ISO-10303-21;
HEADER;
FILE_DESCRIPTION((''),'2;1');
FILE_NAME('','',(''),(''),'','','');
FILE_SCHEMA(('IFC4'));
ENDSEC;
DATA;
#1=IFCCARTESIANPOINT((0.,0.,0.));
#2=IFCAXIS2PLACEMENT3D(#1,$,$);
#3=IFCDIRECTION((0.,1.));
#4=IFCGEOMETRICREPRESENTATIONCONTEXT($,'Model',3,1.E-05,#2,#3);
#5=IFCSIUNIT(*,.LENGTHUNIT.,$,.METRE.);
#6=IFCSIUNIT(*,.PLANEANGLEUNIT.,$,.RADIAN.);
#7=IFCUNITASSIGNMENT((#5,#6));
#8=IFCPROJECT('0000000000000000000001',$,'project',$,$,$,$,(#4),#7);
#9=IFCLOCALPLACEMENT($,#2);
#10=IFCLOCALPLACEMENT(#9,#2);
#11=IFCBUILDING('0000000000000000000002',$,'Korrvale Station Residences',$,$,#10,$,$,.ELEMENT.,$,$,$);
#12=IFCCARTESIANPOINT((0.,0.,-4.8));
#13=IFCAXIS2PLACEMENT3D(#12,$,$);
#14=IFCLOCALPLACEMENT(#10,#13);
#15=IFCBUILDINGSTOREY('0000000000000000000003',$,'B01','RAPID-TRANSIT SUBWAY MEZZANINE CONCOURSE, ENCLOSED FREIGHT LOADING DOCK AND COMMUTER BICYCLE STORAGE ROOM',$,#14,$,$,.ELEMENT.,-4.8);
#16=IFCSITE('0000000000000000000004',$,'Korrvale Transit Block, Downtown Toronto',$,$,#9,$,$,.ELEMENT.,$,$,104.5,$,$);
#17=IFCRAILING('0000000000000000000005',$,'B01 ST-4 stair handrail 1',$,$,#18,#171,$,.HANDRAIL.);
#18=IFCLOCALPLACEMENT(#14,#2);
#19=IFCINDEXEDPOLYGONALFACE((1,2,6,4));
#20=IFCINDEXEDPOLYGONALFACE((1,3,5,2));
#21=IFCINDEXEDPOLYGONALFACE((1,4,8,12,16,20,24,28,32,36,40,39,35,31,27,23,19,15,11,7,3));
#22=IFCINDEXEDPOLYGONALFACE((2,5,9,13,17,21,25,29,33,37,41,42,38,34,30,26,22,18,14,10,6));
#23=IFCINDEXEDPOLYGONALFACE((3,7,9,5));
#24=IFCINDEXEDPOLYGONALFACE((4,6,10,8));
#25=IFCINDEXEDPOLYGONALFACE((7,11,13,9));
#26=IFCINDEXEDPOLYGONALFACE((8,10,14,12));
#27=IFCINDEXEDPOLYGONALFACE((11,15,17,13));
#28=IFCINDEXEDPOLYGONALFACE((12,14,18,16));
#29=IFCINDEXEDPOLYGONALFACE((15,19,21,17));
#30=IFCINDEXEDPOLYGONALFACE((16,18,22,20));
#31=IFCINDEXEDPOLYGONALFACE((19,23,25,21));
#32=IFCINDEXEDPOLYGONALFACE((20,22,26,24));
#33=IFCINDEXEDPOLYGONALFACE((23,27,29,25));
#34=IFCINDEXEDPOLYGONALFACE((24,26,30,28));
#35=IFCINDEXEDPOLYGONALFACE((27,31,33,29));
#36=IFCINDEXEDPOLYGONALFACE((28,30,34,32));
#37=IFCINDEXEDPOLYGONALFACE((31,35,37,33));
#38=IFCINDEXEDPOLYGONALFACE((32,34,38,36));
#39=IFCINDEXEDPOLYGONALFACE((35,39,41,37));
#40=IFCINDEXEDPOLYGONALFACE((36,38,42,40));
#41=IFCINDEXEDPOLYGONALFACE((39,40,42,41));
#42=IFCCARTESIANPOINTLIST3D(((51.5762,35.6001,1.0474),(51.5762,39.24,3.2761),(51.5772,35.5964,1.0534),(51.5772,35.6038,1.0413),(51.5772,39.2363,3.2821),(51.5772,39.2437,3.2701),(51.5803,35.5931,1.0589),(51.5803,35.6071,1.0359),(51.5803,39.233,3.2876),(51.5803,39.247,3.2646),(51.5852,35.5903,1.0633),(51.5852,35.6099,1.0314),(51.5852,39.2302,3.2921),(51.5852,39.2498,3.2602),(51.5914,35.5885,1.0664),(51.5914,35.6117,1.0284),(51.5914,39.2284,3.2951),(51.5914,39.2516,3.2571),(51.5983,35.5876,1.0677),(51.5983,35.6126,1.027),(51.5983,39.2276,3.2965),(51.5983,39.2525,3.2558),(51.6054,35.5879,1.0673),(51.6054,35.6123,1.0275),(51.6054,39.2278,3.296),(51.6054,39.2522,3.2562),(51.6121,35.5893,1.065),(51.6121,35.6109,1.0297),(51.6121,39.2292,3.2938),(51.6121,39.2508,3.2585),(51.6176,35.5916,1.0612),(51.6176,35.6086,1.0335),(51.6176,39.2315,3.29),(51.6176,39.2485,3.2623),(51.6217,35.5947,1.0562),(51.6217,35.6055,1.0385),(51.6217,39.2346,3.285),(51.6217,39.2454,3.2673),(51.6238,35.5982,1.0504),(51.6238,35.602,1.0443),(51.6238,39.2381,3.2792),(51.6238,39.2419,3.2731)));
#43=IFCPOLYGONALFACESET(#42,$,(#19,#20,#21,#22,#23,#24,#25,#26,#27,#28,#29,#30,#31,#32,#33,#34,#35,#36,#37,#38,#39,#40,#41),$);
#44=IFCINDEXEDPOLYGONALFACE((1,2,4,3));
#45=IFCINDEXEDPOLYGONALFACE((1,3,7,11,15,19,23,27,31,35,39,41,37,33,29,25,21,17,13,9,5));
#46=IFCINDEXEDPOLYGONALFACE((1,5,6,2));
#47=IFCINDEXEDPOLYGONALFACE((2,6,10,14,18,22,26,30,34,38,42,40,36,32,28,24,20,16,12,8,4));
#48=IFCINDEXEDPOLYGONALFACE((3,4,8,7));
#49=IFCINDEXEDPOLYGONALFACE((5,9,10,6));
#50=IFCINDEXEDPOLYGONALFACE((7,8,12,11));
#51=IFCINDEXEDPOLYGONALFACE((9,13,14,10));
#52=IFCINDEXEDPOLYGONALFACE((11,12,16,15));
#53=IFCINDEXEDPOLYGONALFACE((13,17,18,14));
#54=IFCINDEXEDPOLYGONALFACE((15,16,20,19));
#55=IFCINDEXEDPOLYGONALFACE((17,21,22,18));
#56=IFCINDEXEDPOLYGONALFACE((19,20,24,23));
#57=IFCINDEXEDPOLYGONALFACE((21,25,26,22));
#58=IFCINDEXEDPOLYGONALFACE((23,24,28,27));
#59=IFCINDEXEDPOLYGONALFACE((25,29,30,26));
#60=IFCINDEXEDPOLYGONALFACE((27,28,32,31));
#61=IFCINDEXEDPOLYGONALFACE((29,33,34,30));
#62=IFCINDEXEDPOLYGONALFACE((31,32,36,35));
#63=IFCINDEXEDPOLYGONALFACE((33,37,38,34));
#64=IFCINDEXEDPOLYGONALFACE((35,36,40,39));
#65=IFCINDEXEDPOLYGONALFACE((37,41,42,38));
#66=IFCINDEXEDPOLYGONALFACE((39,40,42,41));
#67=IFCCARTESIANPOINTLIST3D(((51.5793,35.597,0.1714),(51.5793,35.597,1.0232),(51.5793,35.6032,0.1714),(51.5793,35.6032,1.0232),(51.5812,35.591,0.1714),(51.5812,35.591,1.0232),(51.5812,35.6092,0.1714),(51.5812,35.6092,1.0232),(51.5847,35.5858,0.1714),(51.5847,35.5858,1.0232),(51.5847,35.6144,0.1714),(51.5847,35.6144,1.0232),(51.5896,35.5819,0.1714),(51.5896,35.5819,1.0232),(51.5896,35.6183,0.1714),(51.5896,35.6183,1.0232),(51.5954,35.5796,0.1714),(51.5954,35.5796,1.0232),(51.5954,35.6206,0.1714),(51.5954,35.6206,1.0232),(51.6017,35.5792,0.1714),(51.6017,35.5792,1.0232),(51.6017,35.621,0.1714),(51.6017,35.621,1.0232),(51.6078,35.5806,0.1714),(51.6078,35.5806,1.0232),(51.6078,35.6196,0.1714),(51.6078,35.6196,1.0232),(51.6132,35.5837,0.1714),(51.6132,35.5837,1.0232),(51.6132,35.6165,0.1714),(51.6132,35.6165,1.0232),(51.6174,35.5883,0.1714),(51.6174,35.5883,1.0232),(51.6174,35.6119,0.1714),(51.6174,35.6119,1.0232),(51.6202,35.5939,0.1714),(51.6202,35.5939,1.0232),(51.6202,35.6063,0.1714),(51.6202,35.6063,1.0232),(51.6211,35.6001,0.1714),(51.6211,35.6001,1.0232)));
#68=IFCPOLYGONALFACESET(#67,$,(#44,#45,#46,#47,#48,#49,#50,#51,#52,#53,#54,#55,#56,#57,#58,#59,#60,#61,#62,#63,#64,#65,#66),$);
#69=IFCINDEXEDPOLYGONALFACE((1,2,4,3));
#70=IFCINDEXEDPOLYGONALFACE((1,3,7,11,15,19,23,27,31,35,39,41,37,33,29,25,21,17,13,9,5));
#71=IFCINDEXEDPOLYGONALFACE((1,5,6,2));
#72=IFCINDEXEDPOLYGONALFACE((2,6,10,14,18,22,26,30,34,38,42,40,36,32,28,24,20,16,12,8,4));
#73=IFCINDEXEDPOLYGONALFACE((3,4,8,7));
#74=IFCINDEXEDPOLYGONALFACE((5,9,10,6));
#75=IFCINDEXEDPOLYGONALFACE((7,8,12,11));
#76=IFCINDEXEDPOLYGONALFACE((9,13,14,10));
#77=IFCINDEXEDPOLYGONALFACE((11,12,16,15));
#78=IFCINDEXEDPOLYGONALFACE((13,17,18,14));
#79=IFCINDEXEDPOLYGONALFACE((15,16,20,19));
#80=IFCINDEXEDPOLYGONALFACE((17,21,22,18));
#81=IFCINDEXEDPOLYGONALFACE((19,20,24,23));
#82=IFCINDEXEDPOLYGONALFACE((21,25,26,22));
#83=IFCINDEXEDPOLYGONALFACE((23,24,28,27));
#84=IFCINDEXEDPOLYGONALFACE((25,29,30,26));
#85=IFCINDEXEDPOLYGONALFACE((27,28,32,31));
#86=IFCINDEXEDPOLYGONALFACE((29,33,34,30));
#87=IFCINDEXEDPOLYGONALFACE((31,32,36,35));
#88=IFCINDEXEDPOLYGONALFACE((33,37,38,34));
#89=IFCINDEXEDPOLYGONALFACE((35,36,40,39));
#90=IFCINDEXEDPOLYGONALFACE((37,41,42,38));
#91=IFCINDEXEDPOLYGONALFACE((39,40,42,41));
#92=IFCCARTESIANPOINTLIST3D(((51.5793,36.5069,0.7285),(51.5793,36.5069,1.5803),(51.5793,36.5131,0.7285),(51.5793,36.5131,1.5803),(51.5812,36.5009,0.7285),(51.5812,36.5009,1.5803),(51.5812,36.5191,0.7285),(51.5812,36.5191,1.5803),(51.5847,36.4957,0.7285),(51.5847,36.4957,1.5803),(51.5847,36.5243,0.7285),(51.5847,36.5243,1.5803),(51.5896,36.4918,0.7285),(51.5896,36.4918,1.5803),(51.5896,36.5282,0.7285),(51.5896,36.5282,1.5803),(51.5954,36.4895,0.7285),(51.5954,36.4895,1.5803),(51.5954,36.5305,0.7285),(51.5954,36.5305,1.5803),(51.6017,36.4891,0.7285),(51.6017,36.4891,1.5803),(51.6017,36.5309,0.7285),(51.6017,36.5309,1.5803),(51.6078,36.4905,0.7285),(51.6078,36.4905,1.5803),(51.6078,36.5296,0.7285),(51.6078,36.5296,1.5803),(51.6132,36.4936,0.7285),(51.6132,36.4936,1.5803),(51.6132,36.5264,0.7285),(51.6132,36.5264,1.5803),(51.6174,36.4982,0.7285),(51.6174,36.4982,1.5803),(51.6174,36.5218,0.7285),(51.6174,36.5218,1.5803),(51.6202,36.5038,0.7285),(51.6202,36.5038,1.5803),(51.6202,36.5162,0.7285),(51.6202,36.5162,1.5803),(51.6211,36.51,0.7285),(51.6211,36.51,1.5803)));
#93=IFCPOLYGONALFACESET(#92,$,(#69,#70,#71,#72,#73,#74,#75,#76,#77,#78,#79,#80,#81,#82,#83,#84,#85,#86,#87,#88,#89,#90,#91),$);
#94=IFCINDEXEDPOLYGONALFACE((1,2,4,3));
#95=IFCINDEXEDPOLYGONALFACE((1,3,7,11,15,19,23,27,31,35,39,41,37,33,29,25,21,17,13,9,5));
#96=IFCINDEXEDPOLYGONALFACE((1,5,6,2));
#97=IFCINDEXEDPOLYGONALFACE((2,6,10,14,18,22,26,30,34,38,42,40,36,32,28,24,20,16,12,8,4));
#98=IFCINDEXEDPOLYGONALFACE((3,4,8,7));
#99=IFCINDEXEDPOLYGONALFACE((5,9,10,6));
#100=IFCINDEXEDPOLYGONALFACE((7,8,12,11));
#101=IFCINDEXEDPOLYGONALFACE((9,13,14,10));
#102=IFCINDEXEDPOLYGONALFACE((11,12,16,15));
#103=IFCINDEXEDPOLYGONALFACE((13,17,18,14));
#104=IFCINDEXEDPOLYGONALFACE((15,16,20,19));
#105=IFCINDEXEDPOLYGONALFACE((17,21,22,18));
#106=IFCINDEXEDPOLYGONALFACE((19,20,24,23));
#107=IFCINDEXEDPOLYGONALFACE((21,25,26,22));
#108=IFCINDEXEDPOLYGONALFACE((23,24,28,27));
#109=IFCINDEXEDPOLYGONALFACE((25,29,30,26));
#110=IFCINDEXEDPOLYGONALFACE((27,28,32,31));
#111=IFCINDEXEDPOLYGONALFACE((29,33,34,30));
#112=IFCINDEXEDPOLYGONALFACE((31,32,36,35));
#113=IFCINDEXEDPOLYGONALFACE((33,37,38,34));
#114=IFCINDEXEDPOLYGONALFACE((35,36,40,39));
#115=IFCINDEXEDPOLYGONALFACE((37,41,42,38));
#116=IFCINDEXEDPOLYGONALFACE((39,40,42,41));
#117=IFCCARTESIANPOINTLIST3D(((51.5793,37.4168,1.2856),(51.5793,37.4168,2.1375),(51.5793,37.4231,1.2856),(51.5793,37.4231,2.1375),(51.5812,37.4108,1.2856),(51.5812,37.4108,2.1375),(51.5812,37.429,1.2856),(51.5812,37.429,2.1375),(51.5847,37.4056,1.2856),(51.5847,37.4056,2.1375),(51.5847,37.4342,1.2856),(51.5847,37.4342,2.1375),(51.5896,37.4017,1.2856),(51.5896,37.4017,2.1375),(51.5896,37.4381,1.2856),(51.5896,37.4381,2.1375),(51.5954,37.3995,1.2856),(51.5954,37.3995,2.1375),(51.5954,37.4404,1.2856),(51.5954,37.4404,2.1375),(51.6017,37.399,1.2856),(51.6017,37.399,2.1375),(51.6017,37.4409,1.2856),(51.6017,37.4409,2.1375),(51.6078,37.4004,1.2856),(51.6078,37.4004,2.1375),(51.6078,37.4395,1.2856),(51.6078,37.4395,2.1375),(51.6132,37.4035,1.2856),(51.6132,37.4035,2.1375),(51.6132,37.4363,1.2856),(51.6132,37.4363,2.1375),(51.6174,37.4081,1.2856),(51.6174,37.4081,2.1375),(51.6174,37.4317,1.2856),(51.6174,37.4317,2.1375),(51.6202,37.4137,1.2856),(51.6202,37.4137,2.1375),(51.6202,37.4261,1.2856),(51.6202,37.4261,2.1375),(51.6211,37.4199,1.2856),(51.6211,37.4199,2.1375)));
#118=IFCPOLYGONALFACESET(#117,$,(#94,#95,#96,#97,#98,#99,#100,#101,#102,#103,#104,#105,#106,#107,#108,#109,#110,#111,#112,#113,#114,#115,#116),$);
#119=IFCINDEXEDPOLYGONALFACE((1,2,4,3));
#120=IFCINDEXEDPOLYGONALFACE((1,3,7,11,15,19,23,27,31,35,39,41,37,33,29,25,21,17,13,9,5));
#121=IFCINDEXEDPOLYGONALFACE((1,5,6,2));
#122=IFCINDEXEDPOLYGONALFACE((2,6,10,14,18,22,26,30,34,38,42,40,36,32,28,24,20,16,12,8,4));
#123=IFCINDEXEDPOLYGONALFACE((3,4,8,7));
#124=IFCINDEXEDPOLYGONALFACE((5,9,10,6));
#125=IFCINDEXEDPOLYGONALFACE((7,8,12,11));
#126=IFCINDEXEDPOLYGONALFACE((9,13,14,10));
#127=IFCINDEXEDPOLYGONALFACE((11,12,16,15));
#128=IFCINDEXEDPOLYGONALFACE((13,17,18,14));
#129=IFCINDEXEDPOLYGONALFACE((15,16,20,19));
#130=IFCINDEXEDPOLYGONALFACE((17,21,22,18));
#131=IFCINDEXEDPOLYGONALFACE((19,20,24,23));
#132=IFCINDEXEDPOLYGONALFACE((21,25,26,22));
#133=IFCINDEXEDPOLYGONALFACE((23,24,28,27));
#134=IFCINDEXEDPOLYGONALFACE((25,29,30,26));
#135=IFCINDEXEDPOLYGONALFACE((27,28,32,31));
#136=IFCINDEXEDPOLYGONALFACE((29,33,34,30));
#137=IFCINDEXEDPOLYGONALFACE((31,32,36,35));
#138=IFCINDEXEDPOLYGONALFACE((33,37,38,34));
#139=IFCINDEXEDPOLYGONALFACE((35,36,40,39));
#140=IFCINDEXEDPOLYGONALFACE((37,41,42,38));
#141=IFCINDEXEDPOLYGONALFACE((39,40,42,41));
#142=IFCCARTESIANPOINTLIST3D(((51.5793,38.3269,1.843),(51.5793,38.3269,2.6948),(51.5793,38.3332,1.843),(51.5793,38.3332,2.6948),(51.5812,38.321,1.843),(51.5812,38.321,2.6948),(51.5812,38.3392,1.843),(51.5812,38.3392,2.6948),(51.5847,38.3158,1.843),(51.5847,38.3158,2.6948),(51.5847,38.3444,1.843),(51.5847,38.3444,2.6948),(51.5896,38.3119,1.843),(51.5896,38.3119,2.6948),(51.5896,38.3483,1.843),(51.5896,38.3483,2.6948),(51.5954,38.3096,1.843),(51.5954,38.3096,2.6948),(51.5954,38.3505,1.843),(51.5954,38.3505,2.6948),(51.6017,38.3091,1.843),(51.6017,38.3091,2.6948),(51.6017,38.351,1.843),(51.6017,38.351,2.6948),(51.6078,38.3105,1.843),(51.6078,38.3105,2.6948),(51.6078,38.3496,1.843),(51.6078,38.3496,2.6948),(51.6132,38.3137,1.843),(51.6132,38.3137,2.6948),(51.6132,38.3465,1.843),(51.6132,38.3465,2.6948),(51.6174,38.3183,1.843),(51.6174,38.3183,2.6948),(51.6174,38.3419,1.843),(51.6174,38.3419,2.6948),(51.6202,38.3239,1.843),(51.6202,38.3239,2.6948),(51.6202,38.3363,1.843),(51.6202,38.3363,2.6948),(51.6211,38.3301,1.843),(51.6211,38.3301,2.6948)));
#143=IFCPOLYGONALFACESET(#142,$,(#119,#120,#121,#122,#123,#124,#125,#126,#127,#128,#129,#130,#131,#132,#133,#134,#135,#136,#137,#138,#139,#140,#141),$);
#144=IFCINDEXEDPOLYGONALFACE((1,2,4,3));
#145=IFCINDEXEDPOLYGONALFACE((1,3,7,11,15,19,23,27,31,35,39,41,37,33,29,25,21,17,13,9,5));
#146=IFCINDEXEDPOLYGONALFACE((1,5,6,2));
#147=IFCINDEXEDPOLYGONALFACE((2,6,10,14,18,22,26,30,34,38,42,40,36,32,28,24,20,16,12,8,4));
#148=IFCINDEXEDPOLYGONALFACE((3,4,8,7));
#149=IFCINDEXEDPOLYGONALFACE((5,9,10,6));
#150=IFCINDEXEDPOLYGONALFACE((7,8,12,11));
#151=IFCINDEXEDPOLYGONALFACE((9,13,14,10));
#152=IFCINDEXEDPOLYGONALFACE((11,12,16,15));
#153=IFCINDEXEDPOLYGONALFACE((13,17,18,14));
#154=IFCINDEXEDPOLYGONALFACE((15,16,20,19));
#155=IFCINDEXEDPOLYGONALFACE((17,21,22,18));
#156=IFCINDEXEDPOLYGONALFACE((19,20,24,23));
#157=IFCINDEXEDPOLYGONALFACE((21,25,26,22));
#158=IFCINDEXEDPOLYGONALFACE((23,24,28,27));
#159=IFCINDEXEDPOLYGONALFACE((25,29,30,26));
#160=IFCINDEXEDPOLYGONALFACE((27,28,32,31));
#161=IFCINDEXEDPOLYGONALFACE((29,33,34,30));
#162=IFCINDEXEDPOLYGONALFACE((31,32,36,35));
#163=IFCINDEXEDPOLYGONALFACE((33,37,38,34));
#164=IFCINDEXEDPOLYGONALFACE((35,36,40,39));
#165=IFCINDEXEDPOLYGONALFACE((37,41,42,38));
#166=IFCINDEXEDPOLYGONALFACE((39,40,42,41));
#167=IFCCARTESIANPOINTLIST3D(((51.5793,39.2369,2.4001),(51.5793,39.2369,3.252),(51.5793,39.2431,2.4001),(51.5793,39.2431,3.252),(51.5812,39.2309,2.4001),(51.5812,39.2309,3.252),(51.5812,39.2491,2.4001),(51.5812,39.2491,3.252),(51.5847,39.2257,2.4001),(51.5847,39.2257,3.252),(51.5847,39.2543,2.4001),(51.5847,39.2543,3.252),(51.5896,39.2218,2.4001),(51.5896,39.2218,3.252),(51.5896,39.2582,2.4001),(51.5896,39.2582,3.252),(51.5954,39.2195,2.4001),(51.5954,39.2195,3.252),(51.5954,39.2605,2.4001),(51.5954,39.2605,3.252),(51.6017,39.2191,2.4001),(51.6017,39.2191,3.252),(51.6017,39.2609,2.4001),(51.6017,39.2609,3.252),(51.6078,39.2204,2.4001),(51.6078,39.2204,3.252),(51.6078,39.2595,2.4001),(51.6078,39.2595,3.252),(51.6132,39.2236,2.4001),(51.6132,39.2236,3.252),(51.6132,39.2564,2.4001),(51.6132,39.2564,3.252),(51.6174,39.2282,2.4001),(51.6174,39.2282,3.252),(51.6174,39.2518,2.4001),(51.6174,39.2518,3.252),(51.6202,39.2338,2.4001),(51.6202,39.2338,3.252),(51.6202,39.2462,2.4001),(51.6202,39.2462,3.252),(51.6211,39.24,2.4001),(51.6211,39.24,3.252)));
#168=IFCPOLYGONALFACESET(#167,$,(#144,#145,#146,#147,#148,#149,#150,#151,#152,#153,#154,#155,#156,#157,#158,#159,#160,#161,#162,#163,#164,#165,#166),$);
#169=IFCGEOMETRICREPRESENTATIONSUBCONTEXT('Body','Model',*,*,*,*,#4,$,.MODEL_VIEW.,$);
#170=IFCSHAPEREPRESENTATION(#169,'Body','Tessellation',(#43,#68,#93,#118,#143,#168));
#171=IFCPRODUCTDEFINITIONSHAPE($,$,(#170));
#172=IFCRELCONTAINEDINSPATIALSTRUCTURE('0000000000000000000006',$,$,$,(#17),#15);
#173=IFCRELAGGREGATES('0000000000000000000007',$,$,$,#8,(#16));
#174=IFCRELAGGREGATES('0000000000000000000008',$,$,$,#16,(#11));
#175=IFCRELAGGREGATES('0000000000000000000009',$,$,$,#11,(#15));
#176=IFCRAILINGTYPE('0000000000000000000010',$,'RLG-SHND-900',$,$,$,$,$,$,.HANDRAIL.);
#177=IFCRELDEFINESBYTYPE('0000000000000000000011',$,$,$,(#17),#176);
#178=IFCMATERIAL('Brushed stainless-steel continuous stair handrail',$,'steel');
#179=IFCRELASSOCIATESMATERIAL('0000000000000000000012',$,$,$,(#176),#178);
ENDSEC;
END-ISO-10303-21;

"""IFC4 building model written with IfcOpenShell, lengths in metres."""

from ifc_helpers import new_model, si_unit, direction, frame, origin, origin_2d, place, context, subcontext, project, spatial, circle, extrude, material, type_object, element, save


model = new_model("IFC4")

# Units and contexts
model_context = context("Model", 3, precision=1e-05, world=origin(), true_north=direction((0.0, 1.0)))
body_context = subcontext(model_context, "Body", "Model", "MODEL_VIEW")
ifc_project = project(units=[si_unit("LENGTHUNIT", "METRE"), si_unit("PLANEANGLEUNIT", "RADIAN")], contexts=[model_context])

# Site, building, storey
site_placement = place(None, origin())
site = spatial("IfcSite", under=ifc_project, at=site_placement, Name="Korrvale Transit Block, Downtown Toronto", CompositionType="ELEMENT", RefElevation=104.5)
building_placement = place(site_placement, origin())
building = spatial("IfcBuilding", under=site, at=building_placement, Name="Korrvale Station Residences", CompositionType="ELEMENT")
storey_placement = place(building_placement, frame((0.0, 0.0, -4.8)))
storey = spatial("IfcBuildingStorey", under=building, at=storey_placement, Name="B01", Description="RAPID-TRANSIT SUBWAY MEZZANINE CONCOURSE, ENCLOSED FREIGHT LOADING DOCK AND COMMUTER BICYCLE STORAGE ROOM", CompositionType="ELEMENT", Elevation=-4.8)

# Railing
ifc_material_1 = material(Name="Brushed stainless-steel continuous stair handrail", Category="steel")
railing_type_1 = type_object("IfcRailingType", Name="RLG-SHND-900", PredefinedType="HANDRAIL", material=ifc_material_1)
railing_1_placement = place(storey_placement, frame((51.6001, 35.6001, 0.1714)))
element("IfcRailing", 1, at=railing_1_placement, inside=storey, type_object=railing_type_1, Name="B01 ST-4 stair handrail 1", PredefinedType="HANDRAIL", context=body_context, shape_type="SweptSolid", body=[
    extrude(circle(Radius=0.0239, at=origin_2d()), frame((0.0, 0.0, 0.876), z_axis=(0.0, 0.852825, 0.522197), x_axis=(-1.0, 0.0, 0.0)), (0.0, 0.0, 1.0), 4.2681),
    extrude(circle(Radius=0.021, at=origin_2d()), origin(), (0.0, 0.0, 1.0), 0.8518),
    extrude(circle(Radius=0.021, at=origin_2d()), frame((0.0, 0.9099, 0.5571)), (0.0, 0.0, 1.0), 0.8518),
    extrude(circle(Radius=0.021, at=origin_2d()), frame((0.0, 1.8198, 1.1143)), (0.0, 0.0, 1.0), 0.8518),
    extrude(circle(Radius=0.021, at=origin_2d()), frame((0.0, 2.73, 1.6716)), (0.0, 0.0, 1.0), 0.8518),
    extrude(circle(Radius=0.021, at=origin_2d()), frame((0.0, 3.6399, 2.2288)), (0.0, 0.0, 1.0), 0.8518),
])

save(model, "model.ifc")
